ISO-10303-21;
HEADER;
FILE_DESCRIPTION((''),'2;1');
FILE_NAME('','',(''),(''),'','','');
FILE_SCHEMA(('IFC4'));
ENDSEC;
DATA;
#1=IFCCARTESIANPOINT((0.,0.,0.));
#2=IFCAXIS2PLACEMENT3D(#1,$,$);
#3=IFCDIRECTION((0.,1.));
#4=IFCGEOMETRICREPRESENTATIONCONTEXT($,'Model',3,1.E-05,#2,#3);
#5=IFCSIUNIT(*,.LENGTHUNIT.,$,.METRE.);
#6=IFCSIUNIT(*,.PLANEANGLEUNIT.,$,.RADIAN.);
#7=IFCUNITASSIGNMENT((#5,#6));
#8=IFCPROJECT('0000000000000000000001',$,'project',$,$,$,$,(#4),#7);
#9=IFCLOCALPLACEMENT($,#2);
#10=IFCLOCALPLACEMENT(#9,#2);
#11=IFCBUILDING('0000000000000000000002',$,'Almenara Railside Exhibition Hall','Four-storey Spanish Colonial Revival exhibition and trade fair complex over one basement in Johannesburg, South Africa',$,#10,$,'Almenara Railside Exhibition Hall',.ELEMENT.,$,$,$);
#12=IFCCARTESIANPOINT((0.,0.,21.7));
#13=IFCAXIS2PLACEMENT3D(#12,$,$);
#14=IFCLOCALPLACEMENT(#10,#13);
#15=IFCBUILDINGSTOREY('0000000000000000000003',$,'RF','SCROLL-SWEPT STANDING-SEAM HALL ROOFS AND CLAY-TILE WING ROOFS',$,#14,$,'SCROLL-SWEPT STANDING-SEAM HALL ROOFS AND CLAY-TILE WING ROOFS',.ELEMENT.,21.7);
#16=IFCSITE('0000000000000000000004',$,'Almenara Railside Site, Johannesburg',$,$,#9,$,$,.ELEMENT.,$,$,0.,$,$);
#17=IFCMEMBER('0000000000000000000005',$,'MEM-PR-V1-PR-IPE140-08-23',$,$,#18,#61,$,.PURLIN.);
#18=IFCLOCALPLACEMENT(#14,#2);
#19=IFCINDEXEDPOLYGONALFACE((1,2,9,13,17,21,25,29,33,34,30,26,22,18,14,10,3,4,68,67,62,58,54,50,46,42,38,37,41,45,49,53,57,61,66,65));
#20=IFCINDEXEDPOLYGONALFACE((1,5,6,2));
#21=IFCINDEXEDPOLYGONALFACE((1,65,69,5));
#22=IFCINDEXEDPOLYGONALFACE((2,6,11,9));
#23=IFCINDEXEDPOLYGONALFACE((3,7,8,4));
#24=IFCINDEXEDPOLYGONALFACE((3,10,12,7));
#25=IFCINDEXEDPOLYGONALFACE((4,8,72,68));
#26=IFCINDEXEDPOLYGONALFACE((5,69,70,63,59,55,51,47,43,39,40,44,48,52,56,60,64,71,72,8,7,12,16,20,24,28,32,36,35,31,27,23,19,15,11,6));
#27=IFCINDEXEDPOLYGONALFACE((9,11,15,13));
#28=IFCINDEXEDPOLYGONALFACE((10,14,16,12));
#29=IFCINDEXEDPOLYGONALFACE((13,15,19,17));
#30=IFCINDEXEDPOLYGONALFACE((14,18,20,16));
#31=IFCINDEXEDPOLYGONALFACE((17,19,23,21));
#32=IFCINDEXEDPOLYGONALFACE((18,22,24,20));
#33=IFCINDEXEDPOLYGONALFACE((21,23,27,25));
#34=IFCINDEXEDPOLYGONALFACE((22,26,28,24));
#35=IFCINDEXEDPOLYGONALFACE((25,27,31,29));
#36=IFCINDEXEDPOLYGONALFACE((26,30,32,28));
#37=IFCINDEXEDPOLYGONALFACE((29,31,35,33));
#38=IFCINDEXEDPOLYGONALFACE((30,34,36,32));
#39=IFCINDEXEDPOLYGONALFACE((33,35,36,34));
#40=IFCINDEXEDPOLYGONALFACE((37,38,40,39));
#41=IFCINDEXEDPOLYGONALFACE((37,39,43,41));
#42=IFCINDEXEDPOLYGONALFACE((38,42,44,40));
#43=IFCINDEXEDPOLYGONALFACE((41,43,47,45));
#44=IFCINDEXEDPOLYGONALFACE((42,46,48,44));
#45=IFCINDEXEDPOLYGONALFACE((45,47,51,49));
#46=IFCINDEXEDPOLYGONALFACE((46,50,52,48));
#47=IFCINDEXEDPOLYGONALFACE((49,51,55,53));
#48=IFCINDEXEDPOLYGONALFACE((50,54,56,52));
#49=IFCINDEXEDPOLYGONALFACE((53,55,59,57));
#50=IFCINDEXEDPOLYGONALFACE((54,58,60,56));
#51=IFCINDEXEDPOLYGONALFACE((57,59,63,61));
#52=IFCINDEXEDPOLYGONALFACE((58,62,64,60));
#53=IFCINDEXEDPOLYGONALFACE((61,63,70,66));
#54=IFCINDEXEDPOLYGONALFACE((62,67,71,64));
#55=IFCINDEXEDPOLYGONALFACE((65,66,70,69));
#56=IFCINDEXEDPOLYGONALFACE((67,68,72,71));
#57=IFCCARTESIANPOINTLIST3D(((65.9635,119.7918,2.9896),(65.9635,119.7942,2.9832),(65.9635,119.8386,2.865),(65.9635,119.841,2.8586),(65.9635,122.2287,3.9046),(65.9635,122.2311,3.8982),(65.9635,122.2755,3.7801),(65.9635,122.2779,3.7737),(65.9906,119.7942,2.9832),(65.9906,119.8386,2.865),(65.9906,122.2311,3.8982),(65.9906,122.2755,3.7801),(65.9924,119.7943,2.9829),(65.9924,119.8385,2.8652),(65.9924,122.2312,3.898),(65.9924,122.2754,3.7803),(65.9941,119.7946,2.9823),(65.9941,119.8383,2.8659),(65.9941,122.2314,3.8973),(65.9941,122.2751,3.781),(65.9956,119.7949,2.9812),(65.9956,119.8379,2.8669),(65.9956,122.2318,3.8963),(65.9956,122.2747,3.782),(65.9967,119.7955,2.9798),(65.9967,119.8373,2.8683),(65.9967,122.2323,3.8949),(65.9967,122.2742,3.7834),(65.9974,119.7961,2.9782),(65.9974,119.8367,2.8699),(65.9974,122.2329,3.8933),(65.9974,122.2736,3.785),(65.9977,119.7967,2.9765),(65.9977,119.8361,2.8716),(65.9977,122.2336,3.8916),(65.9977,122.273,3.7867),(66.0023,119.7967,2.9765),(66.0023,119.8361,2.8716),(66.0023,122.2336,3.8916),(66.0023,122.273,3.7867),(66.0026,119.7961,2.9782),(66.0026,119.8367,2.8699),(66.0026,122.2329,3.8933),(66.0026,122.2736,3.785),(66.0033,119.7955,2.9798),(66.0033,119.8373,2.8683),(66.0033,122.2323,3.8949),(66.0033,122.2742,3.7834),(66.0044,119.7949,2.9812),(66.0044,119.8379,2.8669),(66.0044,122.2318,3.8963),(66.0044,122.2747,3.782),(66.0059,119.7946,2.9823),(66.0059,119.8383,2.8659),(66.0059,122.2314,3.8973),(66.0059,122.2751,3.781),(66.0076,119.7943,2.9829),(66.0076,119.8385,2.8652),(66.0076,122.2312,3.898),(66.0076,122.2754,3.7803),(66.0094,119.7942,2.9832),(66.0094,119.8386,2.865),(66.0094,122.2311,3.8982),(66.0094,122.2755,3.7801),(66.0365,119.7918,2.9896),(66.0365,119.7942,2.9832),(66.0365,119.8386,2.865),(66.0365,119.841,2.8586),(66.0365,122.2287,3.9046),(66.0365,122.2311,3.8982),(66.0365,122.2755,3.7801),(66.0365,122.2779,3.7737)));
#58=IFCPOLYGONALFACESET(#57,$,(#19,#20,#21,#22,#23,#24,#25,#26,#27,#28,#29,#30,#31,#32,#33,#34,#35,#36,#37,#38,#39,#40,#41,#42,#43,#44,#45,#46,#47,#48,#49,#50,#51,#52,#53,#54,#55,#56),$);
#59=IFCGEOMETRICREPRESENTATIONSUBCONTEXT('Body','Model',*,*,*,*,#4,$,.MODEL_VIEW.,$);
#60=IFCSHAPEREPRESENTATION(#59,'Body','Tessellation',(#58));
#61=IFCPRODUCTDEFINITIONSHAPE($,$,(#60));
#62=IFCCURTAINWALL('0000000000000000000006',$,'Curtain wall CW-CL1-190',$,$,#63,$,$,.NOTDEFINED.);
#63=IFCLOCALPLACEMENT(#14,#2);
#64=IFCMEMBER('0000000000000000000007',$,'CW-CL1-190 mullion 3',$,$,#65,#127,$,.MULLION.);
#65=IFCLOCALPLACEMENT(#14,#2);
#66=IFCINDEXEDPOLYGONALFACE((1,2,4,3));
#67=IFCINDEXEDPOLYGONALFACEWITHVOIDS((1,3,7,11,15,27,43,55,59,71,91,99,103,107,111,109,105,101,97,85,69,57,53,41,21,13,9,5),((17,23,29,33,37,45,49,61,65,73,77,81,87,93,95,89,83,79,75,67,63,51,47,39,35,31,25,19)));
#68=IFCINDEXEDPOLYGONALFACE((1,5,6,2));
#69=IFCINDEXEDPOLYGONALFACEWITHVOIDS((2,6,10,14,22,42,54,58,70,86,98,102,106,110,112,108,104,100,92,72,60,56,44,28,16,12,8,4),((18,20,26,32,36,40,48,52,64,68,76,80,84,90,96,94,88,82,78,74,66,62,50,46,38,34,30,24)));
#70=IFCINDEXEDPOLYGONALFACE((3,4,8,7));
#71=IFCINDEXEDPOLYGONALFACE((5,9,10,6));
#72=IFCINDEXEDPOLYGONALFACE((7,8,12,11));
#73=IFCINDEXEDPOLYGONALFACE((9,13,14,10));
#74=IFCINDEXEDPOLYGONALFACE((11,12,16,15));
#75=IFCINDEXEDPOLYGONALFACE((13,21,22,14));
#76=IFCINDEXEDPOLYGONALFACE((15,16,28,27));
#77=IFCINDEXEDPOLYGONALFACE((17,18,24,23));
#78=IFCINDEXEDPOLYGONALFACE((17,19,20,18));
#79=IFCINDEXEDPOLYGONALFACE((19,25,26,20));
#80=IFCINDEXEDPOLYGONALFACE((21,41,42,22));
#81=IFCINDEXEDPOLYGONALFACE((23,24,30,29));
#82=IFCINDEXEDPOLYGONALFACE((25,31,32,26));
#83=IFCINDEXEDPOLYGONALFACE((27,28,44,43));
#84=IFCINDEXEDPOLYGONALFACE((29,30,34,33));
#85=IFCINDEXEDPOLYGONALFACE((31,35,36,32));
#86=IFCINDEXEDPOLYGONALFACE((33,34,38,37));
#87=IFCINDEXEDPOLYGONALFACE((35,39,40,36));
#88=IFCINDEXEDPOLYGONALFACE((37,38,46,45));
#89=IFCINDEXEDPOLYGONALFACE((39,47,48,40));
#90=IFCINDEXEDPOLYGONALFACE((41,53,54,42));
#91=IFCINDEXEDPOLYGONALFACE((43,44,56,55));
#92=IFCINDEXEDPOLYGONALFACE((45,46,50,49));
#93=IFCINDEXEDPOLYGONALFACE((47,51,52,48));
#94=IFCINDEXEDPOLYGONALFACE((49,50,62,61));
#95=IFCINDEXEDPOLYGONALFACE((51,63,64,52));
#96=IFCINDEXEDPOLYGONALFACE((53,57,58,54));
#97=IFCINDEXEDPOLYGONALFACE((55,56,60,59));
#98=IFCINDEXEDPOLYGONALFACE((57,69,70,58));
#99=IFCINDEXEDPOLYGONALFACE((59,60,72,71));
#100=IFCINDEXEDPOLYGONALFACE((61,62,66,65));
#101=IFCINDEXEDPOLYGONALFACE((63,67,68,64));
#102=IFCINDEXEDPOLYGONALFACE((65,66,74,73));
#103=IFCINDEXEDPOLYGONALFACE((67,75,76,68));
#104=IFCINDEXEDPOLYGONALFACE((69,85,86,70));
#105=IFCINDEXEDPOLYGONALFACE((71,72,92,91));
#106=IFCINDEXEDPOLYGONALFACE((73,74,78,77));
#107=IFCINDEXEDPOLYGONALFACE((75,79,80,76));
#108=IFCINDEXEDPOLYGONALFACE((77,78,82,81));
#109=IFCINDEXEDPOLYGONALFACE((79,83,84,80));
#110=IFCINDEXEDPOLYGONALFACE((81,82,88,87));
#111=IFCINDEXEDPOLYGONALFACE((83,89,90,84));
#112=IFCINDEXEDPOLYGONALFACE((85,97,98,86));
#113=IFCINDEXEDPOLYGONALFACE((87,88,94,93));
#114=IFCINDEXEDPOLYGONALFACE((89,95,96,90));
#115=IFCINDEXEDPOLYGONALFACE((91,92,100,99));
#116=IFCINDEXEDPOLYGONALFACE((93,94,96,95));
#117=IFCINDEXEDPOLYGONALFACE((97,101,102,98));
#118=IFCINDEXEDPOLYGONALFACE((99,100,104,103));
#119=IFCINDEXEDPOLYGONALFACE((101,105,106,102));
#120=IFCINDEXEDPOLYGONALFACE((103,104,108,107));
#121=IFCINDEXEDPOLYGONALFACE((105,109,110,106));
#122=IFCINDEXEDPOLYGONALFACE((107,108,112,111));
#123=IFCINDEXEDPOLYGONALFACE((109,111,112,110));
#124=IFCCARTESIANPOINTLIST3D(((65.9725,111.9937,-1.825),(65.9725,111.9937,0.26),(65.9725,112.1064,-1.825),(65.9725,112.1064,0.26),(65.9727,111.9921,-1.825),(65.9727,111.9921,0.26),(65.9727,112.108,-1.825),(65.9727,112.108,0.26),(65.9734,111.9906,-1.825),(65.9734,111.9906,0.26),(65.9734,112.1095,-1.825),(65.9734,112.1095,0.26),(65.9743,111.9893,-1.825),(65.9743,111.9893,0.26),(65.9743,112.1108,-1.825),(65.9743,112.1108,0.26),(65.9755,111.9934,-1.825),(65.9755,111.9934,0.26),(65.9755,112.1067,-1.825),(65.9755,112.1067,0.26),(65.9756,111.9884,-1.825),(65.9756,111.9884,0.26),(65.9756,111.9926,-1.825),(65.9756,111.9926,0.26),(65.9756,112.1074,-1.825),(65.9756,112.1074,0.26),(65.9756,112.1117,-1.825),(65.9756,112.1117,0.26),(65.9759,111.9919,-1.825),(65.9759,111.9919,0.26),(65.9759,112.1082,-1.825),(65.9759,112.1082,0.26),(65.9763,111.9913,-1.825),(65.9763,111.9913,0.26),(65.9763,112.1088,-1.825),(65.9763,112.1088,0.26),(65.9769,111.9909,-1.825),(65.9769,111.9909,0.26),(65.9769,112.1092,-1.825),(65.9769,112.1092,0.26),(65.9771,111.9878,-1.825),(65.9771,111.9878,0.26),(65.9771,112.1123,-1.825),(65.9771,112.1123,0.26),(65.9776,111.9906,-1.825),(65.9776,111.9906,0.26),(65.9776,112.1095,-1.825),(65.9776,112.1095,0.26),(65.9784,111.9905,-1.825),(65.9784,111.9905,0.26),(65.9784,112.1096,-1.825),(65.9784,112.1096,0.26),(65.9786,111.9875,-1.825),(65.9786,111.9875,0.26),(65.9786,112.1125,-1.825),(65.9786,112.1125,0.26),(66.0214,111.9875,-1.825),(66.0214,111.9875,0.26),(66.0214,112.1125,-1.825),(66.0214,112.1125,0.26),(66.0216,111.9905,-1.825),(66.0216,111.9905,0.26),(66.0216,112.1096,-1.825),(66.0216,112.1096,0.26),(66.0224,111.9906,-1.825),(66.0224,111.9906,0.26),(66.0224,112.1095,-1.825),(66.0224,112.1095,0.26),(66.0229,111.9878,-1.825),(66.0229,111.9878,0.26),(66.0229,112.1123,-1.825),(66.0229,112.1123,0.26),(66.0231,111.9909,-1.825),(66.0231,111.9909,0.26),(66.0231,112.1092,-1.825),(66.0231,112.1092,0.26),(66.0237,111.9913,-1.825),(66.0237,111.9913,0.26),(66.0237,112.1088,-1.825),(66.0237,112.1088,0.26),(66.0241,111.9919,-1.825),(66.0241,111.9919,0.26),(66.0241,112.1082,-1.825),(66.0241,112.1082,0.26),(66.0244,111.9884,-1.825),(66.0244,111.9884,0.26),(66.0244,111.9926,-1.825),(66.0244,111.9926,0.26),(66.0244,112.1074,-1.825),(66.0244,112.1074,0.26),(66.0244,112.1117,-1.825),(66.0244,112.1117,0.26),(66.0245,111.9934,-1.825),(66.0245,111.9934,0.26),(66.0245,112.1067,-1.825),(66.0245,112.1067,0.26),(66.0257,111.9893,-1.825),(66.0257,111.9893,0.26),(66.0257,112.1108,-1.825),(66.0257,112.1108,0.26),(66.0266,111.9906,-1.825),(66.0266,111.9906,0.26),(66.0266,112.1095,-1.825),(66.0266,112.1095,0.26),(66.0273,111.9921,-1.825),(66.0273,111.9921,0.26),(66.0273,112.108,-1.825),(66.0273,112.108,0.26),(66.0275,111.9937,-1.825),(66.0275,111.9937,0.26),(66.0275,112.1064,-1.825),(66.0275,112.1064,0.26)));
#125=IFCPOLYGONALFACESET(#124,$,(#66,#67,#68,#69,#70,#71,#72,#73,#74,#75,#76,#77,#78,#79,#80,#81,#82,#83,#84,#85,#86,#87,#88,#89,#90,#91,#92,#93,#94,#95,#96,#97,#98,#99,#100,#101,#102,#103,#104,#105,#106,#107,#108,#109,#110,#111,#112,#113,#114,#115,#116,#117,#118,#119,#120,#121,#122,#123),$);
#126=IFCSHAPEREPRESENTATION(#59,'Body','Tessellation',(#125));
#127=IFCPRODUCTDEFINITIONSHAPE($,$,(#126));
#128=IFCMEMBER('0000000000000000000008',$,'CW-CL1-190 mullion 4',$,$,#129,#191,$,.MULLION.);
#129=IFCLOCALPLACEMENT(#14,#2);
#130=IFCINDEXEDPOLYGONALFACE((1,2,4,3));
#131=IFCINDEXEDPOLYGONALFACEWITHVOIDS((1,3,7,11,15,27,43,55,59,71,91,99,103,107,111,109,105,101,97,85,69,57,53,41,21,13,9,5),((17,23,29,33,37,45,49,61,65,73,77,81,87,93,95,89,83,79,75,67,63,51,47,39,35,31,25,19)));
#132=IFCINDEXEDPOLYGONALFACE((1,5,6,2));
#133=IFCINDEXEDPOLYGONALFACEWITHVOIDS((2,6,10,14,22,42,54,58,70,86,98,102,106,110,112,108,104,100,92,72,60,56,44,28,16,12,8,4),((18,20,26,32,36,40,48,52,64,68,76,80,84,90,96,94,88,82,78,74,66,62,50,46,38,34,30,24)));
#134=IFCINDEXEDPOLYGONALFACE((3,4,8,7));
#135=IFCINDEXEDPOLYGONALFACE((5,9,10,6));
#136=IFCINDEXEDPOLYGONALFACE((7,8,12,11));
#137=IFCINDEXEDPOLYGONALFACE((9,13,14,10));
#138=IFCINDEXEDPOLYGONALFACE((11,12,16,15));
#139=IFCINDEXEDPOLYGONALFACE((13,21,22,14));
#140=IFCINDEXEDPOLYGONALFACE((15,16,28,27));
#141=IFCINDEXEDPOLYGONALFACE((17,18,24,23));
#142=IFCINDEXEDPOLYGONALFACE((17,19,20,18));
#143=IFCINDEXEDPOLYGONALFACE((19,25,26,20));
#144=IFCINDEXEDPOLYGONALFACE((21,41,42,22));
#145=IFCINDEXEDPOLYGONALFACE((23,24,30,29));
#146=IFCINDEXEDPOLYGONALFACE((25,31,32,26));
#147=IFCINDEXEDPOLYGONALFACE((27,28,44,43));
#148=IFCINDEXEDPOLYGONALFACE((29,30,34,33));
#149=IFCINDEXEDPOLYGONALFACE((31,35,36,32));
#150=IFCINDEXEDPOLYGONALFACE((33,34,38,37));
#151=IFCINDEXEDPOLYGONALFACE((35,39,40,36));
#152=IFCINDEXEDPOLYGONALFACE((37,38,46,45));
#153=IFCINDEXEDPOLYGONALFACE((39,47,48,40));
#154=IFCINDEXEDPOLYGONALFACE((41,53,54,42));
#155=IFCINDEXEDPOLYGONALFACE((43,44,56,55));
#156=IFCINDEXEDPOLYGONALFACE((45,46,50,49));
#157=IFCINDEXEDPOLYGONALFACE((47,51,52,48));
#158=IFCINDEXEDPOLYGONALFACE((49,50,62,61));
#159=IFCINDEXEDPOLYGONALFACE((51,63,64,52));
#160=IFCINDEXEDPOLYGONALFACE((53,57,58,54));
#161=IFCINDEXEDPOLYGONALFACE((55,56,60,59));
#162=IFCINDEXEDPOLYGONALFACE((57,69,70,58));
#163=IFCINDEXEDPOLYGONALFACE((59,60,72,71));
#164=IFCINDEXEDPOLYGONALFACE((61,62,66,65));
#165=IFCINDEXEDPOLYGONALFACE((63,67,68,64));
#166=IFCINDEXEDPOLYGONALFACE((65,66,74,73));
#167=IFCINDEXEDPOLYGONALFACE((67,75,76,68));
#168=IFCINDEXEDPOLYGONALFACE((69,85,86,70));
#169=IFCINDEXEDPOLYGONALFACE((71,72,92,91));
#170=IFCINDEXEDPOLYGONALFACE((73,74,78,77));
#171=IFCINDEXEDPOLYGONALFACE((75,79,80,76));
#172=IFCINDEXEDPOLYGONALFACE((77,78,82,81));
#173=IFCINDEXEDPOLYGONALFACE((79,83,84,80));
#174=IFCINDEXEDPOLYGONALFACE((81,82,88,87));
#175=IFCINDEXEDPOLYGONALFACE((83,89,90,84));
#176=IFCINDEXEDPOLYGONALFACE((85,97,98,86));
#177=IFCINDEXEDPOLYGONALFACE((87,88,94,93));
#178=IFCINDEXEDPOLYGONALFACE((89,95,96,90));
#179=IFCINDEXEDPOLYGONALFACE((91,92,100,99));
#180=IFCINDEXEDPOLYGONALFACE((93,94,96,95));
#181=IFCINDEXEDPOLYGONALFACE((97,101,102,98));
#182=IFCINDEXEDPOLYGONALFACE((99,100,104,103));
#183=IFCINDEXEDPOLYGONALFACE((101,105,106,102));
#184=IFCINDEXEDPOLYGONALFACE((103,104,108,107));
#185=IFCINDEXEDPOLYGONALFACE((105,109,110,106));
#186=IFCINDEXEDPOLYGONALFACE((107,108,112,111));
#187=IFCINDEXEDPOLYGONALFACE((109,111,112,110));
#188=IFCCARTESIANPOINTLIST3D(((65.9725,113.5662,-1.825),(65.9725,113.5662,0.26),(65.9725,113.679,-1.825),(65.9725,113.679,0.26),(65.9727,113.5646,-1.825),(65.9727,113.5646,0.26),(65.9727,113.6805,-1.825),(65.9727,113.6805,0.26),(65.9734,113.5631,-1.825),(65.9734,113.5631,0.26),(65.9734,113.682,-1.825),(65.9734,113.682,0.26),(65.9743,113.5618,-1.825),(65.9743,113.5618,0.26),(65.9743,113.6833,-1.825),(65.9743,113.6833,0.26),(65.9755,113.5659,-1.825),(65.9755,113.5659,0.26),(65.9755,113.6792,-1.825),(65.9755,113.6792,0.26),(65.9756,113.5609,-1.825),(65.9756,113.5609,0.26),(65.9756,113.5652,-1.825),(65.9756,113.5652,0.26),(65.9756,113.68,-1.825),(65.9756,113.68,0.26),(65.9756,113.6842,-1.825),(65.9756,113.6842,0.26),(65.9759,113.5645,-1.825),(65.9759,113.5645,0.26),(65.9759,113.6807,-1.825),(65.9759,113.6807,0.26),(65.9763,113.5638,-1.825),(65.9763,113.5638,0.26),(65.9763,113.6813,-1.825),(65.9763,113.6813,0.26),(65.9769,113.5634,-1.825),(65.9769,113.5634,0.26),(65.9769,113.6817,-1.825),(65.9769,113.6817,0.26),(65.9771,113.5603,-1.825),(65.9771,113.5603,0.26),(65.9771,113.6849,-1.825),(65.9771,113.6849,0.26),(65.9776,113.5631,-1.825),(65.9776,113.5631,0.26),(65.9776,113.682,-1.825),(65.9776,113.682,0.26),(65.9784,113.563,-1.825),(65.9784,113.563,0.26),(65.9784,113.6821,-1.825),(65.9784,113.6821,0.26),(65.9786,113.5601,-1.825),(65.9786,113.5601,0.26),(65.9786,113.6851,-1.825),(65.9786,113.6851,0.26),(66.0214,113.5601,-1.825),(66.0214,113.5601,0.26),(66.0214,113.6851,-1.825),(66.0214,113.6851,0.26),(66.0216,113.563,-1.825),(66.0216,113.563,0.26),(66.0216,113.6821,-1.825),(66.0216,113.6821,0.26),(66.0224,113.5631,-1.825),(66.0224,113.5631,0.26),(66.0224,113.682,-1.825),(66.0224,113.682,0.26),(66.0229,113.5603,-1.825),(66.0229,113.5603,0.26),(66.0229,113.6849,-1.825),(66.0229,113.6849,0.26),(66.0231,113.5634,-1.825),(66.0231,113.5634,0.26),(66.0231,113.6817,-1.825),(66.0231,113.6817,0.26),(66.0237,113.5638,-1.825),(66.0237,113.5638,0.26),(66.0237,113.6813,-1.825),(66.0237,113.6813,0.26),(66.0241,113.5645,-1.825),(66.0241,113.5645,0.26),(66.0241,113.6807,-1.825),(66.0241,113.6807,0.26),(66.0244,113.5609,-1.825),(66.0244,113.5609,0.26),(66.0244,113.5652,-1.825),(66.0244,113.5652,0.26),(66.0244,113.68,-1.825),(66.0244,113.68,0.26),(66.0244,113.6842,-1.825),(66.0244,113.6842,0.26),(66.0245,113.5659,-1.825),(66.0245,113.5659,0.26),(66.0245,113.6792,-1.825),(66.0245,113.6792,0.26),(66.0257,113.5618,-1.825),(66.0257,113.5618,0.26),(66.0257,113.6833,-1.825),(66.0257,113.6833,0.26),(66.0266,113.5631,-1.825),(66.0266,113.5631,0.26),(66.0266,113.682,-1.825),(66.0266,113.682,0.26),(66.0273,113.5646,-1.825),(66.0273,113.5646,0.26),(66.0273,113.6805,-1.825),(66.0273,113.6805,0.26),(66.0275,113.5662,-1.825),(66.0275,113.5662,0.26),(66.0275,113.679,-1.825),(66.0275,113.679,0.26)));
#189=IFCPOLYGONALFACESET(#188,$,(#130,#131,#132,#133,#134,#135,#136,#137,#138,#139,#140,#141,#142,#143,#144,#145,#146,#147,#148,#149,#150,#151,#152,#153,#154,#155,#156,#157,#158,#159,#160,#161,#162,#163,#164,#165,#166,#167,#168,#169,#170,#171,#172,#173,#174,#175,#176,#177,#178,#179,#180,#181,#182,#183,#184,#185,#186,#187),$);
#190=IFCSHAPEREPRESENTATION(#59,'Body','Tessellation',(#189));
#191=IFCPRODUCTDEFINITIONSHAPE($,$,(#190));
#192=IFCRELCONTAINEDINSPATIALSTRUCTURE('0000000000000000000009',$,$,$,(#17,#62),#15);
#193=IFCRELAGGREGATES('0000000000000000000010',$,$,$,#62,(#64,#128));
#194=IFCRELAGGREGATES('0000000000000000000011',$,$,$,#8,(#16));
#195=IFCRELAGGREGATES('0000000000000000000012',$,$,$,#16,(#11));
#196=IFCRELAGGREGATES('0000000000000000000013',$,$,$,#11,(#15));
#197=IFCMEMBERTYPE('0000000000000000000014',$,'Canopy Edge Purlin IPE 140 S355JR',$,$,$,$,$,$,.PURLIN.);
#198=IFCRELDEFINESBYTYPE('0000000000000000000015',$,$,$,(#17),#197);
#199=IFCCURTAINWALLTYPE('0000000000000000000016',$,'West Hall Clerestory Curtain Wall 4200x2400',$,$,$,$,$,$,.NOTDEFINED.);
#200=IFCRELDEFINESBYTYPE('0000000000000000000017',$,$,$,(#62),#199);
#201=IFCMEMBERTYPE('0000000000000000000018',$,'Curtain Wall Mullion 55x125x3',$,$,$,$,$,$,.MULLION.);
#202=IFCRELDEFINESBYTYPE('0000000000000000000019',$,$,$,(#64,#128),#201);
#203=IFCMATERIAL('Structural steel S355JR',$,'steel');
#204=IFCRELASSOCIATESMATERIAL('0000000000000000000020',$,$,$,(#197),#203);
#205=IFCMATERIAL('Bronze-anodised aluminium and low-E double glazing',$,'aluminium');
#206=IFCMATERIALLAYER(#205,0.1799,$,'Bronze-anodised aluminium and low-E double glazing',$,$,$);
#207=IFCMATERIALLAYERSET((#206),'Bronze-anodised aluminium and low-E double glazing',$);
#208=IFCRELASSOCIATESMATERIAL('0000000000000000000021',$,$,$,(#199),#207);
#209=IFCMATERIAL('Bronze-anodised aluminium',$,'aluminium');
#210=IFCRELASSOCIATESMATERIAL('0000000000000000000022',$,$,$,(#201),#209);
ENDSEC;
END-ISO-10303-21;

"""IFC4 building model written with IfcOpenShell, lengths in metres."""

from ifc_helpers import new_model, si_unit, direction, frame, origin, origin_2d, place, context, subcontext, project, spatial, hollow_rectangle, i_section, extrude, material, layer, layer_set, material_profile, profile_set, type_object, element, aggregate, save


model = new_model("IFC4")

# Units and contexts
model_context = context("Model", 3, precision=1e-05, world=origin(), true_north=direction((0.0, 1.0)))
body_context = subcontext(model_context, "Body", "Model", "MODEL_VIEW")
ifc_project = project(units=[si_unit("LENGTHUNIT", "METRE"), si_unit("PLANEANGLEUNIT", "RADIAN")], contexts=[model_context])

# Site, building, storey
site_placement = place(None, origin())
site = spatial("IfcSite", under=ifc_project, at=site_placement, Name="Almenara Railside Site, Johannesburg", CompositionType="ELEMENT", RefElevation=0.0)
building_placement = place(site_placement, origin())
building = spatial("IfcBuilding", under=site, at=building_placement, Name="Almenara Railside Exhibition Hall", Description="Four-storey Spanish Colonial Revival exhibition and trade fair complex over one basement in Johannesburg, South Africa", LongName="Almenara Railside Exhibition Hall", CompositionType="ELEMENT")
storey_placement = place(building_placement, frame((0.0, 0.0, 21.7)))
storey = spatial("IfcBuildingStorey", under=building, at=storey_placement, Name="RF", Description="SCROLL-SWEPT STANDING-SEAM HALL ROOFS AND CLAY-TILE WING ROOFS", LongName="SCROLL-SWEPT STANDING-SEAM HALL ROOFS AND CLAY-TILE WING ROOFS", CompositionType="ELEMENT", Elevation=21.7)

# Shared definitions
ifc_material_1 = material(Name="Structural steel S355JR", Category="steel")

# Member
ifc_material_profile_1 = material_profile(ifc_material_1, i_section(OverallWidth=0.073, OverallDepth=0.1399, WebThickness=0.0046, FlangeThickness=0.0068, FilletRadius=0.0071, at=origin_2d()), Name="IPE 140")
ifc_profile_set_1 = profile_set([ifc_material_profile_1], Name="Structural steel S355JR")
member_type_1 = type_object("IfcMemberType", Name="Canopy Edge Purlin IPE 140 S355JR", PredefinedType="PURLIN", material=ifc_profile_set_1)
member_1_placement = place(storey_placement, frame((66.0, 119.8164, 2.9241), z_axis=(0.0, 0.936171, 0.351545), x_axis=(-1.0, 0.0, 0.0)))
element("IfcMember", 1, at=member_1_placement, inside=storey, type_object=member_type_1, Name="MEM-PR-V1-PR-IPE140-08-23", PredefinedType="PURLIN", context=body_context, shape_type="SweptSolid", body=[
    extrude(i_section(OverallWidth=0.073, OverallDepth=0.1399, WebThickness=0.0046, FlangeThickness=0.0068, FilletRadius=0.0071, at=origin_2d()), origin(), (0.0, 0.0, 1.0), 2.603),
])

# Curtain wall, members
ifc_material_2 = material(Name="Bronze-anodised aluminium and low-E double glazing", Category="aluminium")
ifc_layer_1 = layer(ifc_material_2, 0.1799, Name="Bronze-anodised aluminium and low-E double glazing")
ifc_layer_set_1 = layer_set([ifc_layer_1], Name="Bronze-anodised aluminium and low-E double glazing")
curtain_wall_type = type_object("IfcCurtainWallType", Name="West Hall Clerestory Curtain Wall 4200x2400", PredefinedType="NOTDEFINED", material=ifc_layer_set_1)
curtain_wall_1_placement = place(storey_placement, origin())
curtain_wall_1 = element("IfcCurtainWall", 2, at=curtain_wall_1_placement, inside=storey, type_object=curtain_wall_type, Name="Curtain wall CW-CL1-190", PredefinedType="NOTDEFINED")
ifc_material_3 = material(Name="Bronze-anodised aluminium", Category="aluminium")
ifc_material_profile_2 = material_profile(ifc_material_3, hollow_rectangle(XDim=0.0549, YDim=0.125, WallThickness=0.0029, InnerFilletRadius=0.0029, OuterFilletRadius=0.0061, at=origin_2d()), Name="ALU-MUL 55x125x3")
ifc_profile_set_2 = profile_set([ifc_material_profile_2], Name="Bronze-anodised aluminium")
member_type_2 = type_object("IfcMemberType", Name="Curtain Wall Mullion 55x125x3", PredefinedType="MULLION", material=ifc_profile_set_2)
member_2_placement = place(storey_placement, frame((66.0, 112.05, -1.825), z_axis=(0.0, 0.0, 1.0), x_axis=(-1.0, 0.0, 0.0)))
member_2 = element("IfcMember", 3, at=member_2_placement, type_object=member_type_2, Name="CW-CL1-190 mullion 3", PredefinedType="MULLION", context=body_context, shape_type="SweptSolid", body=[
    extrude(hollow_rectangle(XDim=0.0549, YDim=0.125, WallThickness=0.0029, InnerFilletRadius=0.0029, OuterFilletRadius=0.0061, at=origin_2d()), origin(), (0.0, 0.0, 1.0), 2.085),
])
member_3_placement = place(storey_placement, frame((66.0, 113.6226, -1.825), z_axis=(0.0, 0.0, 1.0), x_axis=(-1.0, 0.0, 0.0)))
member_3 = element("IfcMember", 4, at=member_3_placement, type_object=member_type_2, Name="CW-CL1-190 mullion 4", PredefinedType="MULLION", context=body_context, shape_type="SweptSolid", body=[
    extrude(hollow_rectangle(XDim=0.0549, YDim=0.125, WallThickness=0.0029, InnerFilletRadius=0.0029, OuterFilletRadius=0.0061, at=origin_2d()), origin(), (0.0, 0.0, 1.0), 2.085),
])

aggregate(curtain_wall_1, [member_2, member_3])

save(model, "model.ifc")
